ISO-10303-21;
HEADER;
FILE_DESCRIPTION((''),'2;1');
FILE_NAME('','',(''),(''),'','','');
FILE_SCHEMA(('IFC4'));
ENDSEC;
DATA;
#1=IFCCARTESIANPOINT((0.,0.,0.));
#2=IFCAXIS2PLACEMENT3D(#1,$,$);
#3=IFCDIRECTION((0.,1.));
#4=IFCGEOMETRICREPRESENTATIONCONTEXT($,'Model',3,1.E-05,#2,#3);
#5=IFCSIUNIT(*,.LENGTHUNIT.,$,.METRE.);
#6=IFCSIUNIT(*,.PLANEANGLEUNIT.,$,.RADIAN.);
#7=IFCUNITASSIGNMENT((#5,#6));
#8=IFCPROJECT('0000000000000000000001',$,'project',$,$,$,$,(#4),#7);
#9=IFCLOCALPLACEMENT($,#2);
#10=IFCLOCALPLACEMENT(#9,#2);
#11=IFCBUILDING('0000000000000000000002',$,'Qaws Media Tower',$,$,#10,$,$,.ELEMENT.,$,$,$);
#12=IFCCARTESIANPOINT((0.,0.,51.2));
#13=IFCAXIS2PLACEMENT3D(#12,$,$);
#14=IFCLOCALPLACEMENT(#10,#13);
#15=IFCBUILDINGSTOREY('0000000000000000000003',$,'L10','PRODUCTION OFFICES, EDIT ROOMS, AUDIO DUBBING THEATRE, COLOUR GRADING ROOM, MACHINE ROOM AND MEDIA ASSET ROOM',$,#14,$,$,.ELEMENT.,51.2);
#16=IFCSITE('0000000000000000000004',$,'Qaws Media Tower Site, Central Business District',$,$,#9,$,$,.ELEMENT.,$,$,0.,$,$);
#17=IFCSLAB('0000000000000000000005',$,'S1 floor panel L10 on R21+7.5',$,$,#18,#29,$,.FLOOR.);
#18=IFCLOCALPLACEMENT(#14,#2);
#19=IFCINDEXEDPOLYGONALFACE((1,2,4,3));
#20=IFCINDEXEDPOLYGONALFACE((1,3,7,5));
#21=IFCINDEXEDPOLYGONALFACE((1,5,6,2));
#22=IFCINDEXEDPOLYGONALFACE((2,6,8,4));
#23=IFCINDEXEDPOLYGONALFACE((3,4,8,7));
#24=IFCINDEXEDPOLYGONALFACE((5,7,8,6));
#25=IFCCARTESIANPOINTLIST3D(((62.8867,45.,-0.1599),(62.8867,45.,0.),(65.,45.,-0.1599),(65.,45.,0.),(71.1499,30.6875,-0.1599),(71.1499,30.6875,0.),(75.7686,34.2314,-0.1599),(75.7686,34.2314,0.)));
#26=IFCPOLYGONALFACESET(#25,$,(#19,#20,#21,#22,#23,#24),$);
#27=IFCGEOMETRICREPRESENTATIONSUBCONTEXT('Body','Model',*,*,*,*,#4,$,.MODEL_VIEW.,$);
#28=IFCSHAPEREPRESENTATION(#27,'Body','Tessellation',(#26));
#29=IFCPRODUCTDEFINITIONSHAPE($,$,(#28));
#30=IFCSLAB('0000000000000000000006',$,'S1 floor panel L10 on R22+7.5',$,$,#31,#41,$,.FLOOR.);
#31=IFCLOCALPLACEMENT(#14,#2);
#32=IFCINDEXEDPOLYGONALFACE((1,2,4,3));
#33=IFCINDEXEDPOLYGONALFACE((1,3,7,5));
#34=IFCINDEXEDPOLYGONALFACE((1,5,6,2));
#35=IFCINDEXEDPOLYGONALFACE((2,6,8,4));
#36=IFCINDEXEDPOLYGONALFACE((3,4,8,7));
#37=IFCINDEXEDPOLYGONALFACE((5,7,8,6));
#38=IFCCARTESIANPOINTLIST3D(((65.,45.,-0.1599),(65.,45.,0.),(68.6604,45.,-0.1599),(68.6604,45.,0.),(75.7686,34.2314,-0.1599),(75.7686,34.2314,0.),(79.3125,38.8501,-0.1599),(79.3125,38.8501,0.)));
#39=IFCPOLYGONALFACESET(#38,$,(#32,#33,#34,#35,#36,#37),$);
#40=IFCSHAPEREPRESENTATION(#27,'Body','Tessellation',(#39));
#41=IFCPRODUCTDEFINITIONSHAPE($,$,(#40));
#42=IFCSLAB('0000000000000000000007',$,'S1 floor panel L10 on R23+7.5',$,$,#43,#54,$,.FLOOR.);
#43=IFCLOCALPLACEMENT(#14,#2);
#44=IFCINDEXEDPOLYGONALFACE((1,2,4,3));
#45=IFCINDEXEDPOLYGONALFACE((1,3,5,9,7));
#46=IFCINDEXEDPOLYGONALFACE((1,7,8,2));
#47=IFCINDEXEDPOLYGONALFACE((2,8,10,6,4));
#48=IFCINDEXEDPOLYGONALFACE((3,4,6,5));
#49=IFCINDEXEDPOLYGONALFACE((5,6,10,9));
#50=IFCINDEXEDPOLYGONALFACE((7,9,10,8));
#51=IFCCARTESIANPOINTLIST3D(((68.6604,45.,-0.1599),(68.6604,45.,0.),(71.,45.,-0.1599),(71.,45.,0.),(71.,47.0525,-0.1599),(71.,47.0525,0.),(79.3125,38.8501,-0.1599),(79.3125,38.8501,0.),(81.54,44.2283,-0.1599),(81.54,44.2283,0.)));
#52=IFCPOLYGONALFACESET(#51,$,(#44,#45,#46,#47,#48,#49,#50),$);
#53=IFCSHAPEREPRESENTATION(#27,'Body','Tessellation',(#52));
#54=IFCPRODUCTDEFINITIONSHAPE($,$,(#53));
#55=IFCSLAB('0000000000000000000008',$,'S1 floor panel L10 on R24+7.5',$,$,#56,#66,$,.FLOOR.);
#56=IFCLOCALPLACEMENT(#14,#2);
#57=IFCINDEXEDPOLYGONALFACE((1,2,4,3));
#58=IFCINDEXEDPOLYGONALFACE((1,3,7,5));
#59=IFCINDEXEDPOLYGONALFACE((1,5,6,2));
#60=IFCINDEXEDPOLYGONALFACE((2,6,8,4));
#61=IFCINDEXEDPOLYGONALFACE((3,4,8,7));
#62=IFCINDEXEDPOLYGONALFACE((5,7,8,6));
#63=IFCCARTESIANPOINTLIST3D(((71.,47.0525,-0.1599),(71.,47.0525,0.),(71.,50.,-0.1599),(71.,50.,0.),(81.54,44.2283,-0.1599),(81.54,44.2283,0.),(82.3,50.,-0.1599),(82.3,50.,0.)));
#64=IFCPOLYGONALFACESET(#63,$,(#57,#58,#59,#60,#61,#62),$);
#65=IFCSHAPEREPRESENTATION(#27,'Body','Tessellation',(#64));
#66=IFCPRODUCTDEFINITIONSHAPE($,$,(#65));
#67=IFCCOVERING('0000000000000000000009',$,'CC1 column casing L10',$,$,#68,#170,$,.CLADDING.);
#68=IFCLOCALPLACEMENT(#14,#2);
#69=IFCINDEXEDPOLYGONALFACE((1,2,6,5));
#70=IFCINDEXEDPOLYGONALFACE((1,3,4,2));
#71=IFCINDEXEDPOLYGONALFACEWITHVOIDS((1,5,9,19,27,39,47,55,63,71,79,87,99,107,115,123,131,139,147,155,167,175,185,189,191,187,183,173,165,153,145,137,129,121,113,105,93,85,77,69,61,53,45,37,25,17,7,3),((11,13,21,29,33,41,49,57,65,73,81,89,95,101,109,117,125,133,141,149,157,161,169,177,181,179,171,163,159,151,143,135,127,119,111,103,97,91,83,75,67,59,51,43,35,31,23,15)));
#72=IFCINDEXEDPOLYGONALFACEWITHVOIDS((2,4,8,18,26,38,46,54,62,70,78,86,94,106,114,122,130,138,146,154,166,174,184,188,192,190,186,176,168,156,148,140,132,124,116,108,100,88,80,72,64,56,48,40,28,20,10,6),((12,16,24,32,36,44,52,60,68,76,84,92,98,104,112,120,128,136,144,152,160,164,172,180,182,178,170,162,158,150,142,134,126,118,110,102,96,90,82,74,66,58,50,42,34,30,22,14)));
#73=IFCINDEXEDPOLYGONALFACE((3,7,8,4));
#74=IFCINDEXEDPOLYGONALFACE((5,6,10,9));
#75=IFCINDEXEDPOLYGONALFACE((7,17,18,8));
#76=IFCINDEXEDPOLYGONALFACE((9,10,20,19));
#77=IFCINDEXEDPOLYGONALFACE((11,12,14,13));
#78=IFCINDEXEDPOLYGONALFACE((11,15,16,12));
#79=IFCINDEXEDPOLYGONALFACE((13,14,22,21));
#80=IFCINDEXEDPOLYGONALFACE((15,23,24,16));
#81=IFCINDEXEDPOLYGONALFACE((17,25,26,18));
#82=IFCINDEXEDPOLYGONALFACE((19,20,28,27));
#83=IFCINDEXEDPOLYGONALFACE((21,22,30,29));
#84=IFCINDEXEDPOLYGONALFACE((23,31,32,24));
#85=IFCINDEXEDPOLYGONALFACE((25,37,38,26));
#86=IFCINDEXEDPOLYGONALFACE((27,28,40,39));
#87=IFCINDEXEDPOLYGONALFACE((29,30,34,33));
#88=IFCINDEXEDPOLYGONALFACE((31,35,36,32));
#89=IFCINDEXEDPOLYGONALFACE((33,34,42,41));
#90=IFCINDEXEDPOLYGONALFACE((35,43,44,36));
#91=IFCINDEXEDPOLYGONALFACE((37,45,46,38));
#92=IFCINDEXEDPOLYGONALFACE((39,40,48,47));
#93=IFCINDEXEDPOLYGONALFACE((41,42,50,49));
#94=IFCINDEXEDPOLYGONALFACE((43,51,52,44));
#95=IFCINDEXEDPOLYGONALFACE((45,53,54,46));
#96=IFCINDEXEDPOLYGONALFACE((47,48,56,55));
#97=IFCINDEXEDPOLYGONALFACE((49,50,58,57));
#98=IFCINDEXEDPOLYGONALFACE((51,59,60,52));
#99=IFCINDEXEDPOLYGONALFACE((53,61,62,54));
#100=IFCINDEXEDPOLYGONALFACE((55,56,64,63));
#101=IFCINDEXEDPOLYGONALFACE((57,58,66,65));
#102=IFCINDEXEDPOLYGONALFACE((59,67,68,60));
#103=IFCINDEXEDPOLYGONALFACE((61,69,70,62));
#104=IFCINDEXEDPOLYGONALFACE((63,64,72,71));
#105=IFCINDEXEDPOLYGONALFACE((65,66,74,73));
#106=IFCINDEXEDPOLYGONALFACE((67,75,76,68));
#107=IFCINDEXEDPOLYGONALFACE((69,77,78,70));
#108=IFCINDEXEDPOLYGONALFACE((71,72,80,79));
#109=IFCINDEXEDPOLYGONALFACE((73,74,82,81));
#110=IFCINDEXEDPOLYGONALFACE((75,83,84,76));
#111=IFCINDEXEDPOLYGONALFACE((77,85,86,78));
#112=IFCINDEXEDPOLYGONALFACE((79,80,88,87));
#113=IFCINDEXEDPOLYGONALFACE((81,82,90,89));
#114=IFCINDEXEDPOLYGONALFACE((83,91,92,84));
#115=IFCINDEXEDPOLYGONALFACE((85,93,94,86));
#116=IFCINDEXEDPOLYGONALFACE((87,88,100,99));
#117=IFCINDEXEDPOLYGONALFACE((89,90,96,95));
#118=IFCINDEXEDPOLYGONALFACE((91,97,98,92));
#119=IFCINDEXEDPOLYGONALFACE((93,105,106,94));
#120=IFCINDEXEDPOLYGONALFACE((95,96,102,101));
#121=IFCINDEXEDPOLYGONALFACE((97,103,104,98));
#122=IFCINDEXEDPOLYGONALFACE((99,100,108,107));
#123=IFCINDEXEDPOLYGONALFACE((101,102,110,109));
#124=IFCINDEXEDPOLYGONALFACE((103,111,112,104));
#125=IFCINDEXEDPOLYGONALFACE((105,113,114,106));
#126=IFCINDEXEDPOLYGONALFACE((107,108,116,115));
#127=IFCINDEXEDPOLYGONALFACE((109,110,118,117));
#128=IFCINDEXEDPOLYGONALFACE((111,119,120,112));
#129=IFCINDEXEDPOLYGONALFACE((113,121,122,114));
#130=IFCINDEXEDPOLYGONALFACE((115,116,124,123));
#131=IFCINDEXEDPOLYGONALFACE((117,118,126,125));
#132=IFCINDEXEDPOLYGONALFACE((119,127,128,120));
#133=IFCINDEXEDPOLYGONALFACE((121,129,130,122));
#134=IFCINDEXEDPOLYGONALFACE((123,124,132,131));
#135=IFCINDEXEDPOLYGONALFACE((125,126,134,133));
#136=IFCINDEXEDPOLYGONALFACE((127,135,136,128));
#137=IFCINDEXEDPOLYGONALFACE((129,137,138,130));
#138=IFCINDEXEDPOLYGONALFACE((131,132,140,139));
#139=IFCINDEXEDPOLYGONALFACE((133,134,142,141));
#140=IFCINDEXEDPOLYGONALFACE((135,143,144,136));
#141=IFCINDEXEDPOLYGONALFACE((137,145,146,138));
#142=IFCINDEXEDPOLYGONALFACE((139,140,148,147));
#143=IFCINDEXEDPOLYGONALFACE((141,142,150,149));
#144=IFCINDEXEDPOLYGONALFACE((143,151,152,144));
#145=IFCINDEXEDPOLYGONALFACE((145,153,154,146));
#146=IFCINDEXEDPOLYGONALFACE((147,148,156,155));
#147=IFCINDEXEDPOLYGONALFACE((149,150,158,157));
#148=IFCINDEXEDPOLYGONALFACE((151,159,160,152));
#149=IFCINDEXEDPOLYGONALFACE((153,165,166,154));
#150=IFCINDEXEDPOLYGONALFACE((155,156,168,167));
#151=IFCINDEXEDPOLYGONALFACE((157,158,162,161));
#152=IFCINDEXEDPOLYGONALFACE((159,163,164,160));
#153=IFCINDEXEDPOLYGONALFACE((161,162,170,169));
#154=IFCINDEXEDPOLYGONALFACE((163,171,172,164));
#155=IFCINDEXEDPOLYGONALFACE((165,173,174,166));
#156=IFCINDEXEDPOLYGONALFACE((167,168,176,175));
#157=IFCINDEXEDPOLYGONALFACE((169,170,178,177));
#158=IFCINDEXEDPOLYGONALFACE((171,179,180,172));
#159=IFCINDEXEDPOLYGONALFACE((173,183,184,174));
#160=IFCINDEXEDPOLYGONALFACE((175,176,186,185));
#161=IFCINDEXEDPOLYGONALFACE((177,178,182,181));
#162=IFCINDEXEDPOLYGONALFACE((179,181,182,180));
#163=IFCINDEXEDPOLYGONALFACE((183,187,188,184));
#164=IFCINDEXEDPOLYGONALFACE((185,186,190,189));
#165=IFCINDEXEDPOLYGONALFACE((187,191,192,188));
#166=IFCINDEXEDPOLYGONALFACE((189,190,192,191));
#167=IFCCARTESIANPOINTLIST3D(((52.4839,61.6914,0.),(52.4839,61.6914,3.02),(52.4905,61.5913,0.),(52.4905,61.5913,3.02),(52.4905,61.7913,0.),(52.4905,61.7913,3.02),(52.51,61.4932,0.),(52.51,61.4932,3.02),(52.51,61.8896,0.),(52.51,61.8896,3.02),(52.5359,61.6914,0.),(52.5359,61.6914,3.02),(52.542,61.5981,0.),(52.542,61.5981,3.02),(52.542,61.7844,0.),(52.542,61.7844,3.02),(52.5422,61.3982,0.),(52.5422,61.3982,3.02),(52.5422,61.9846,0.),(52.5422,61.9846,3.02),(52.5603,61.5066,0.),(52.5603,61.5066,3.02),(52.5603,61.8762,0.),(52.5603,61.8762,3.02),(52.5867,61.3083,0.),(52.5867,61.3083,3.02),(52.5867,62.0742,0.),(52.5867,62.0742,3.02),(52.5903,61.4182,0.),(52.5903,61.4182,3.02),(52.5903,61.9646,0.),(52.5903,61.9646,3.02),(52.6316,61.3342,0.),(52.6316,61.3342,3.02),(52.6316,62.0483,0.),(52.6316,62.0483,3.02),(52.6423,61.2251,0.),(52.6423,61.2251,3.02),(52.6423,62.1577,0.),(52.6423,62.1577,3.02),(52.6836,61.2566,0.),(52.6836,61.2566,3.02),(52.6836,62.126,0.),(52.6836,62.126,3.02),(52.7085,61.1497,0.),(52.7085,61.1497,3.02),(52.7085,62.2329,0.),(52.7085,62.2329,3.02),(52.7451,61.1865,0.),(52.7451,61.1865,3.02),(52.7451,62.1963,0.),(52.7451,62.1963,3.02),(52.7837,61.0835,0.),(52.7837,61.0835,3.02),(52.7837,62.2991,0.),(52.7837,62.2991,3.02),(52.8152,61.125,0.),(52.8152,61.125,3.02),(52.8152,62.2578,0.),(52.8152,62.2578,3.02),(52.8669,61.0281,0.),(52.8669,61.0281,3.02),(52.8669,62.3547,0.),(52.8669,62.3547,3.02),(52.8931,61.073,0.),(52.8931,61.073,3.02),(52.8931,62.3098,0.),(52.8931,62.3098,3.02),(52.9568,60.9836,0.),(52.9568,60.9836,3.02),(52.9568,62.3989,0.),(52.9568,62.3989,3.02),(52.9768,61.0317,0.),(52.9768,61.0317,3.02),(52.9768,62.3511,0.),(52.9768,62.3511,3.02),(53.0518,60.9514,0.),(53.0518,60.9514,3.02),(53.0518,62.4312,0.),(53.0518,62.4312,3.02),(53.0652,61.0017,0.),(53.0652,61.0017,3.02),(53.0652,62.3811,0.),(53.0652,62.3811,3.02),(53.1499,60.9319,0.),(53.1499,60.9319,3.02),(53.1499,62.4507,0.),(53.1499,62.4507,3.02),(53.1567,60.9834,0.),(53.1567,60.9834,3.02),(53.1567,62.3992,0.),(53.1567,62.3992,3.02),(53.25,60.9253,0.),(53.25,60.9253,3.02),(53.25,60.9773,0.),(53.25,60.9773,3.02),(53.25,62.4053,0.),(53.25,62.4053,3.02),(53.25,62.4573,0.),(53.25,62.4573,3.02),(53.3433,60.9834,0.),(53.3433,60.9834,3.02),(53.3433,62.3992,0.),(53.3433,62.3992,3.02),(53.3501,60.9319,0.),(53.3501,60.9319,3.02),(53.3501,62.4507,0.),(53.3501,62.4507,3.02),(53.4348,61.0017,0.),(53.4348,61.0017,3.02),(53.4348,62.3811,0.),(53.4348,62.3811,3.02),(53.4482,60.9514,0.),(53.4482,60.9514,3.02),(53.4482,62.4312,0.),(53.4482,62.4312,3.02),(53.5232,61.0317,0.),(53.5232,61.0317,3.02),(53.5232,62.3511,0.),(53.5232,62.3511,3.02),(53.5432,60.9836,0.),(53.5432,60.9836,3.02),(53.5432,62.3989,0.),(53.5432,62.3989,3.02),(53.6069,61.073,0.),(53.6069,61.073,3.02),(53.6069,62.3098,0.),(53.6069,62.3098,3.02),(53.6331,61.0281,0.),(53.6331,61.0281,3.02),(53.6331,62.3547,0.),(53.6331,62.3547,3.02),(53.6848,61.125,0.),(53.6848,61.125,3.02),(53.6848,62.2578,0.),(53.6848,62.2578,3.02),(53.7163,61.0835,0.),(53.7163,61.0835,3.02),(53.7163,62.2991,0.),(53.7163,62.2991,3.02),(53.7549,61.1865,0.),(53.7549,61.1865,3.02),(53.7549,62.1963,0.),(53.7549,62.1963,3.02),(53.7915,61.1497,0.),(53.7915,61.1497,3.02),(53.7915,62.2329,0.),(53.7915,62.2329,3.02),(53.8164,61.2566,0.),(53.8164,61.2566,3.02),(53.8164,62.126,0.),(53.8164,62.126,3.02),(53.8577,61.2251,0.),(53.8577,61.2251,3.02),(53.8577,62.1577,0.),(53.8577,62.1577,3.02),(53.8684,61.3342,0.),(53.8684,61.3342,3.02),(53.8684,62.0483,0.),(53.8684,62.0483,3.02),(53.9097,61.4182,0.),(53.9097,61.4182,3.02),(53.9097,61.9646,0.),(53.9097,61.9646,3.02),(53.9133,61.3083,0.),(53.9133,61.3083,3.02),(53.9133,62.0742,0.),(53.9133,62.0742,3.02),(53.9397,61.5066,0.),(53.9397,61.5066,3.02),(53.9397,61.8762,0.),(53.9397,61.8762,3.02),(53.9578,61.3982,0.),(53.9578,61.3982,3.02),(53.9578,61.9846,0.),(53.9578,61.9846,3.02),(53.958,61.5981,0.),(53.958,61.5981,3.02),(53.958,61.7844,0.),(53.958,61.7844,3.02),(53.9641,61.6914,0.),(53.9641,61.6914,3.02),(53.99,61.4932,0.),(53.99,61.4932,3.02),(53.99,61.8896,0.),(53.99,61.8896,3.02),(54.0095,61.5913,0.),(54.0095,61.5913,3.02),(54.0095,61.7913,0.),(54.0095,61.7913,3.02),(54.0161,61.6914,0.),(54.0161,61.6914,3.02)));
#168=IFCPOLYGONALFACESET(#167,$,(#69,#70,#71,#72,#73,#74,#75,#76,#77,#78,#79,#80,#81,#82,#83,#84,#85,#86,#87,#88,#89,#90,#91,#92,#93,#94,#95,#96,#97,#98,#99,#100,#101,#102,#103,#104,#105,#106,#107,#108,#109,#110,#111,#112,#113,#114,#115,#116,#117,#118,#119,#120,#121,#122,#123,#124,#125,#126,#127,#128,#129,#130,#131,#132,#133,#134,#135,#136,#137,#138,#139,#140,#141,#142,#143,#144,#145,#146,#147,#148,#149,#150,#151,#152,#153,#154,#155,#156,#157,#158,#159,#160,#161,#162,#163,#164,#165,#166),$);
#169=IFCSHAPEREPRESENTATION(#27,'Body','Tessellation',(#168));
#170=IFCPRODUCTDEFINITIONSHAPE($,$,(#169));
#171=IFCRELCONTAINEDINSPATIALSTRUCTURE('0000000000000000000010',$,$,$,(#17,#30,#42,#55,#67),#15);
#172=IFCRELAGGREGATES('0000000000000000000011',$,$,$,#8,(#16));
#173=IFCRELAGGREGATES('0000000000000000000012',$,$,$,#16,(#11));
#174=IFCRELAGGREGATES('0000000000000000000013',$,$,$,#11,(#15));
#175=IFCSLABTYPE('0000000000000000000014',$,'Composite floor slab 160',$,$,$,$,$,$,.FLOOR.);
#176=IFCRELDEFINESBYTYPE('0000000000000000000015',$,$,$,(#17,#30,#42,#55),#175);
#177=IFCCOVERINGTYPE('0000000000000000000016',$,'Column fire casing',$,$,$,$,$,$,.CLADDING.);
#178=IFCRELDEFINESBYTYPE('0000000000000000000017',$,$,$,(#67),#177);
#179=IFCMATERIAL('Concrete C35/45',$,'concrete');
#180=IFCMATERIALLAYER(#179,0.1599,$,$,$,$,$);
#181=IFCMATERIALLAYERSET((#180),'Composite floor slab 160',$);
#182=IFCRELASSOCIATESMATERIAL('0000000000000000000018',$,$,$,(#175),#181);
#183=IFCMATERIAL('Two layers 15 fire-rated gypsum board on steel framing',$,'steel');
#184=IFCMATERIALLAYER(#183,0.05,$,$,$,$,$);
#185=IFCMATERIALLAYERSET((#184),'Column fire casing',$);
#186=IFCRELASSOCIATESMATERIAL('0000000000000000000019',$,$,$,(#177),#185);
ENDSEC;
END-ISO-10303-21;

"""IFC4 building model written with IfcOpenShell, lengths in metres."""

from ifc_helpers import new_model, si_unit, direction, frame, origin, place, context, subcontext, project, spatial, polyline, outline, extrude, material, layer, layer_set, type_object, element, save


model = new_model("IFC4")

# Units and contexts
model_context = context("Model", 3, precision=1e-05, world=origin(), true_north=direction((0.0, 1.0)))
body_context = subcontext(model_context, "Body", "Model", "MODEL_VIEW")
ifc_project = project(units=[si_unit("LENGTHUNIT", "METRE"), si_unit("PLANEANGLEUNIT", "RADIAN")], contexts=[model_context])

# Site, building, storey
site_placement = place(None, origin())
site = spatial("IfcSite", under=ifc_project, at=site_placement, Name="Qaws Media Tower Site, Central Business District", CompositionType="ELEMENT", RefElevation=0.0)
building_placement = place(site_placement, origin())
building = spatial("IfcBuilding", under=site, at=building_placement, Name="Qaws Media Tower", CompositionType="ELEMENT")
storey_placement = place(building_placement, frame((0.0, 0.0, 51.2)))
storey = spatial("IfcBuildingStorey", under=building, at=storey_placement, Name="L10", Description="PRODUCTION OFFICES, EDIT ROOMS, AUDIO DUBBING THEATRE, COLOUR GRADING ROOM, MACHINE ROOM AND MEDIA ASSET ROOM", CompositionType="ELEMENT", Elevation=51.2)

# Slabs
ifc_material_1 = material(Name="Concrete C35/45", Category="concrete")
ifc_layer_1 = layer(ifc_material_1, 0.1599)
ifc_layer_set_1 = layer_set([ifc_layer_1], Name="Composite floor slab 160")
slab_type_1 = type_object("IfcSlabType", Name="Composite floor slab 160", PredefinedType="FLOOR", material=ifc_layer_set_1)
slab_1_placement = place(storey_placement, frame((0.0, 0.0, -0.1599)))
element("IfcSlab", 1, at=slab_1_placement, inside=storey, type_object=slab_type_1, Name="S1 floor panel L10 on R21+7.5", PredefinedType="FLOOR", context=body_context, shape_type="SweptSolid", body=[
    extrude(outline(polyline([(75.7686, 34.2314), (71.1499, 30.6875), (62.8867, 45.0), (65.0, 45.0), (75.7686, 34.2314)])), origin(), (0.0, 0.0, 1.0), 0.1599),
])
slab_2_placement = place(storey_placement, frame((0.0, 0.0, -0.1599)))
element("IfcSlab", 2, at=slab_2_placement, inside=storey, type_object=slab_type_1, Name="S1 floor panel L10 on R22+7.5", PredefinedType="FLOOR", context=body_context, shape_type="SweptSolid", body=[
    extrude(outline(polyline([(75.7686, 34.2314), (65.0, 45.0), (68.6604, 45.0), (79.3125, 38.8501), (75.7686, 34.2314)])), origin(), (0.0, 0.0, 1.0), 0.1599),
])
slab_3_placement = place(storey_placement, frame((0.0, 0.0, -0.1599)))
element("IfcSlab", 3, at=slab_3_placement, inside=storey, type_object=slab_type_1, Name="S1 floor panel L10 on R23+7.5", PredefinedType="FLOOR", context=body_context, shape_type="SweptSolid", body=[
    extrude(outline(polyline([(81.54, 44.2283), (79.3125, 38.8501), (68.6604, 45.0), (71.0, 45.0), (71.0, 47.0525), (81.54, 44.2283)])), origin(), (0.0, 0.0, 1.0), 0.1599),
])
slab_4_placement = place(storey_placement, frame((0.0, 0.0, -0.1599)))
element("IfcSlab", 4, at=slab_4_placement, inside=storey, type_object=slab_type_1, Name="S1 floor panel L10 on R24+7.5", PredefinedType="FLOOR", context=body_context, shape_type="SweptSolid", body=[
    extrude(outline(polyline([(81.54, 44.2283), (71.0, 47.0525), (71.0, 50.0), (82.3, 50.0), (81.54, 44.2283)])), origin(), (0.0, 0.0, 1.0), 0.1599),
])

# Covering
ifc_material_2 = material(Name="Two layers 15 fire-rated gypsum board on steel framing", Category="steel")
ifc_layer_2 = layer(ifc_material_2, 0.05)
ifc_layer_set_2 = layer_set([ifc_layer_2], Name="Column fire casing")
covering_type = type_object("IfcCoveringType", Name="Column fire casing", PredefinedType="CLADDING", material=ifc_layer_set_2)
covering_1_placement = place(storey_placement, origin())
element("IfcCovering", 5, at=covering_1_placement, inside=storey, type_object=covering_type, Name="CC1 column casing L10", PredefinedType="CLADDING", context=body_context, shape_type="SweptSolid", body=[
    extrude(outline(polyline([(54.0161, 61.6914), (54.0095, 61.5913), (53.99, 61.4932), (53.9578, 61.3982), (53.9133, 61.3083), (53.8577, 61.2251), (53.7915, 61.1497), (53.7163, 61.0835), (53.6331, 61.0281), (53.5432, 60.9836), (53.4482, 60.9514), (53.3501, 60.9319), (53.25, 60.9253), (53.1499, 60.9319), (53.0518, 60.9514), (52.9568, 60.9836), (52.8669, 61.0281), (52.7837, 61.0835), (52.7085, 61.1497), (52.6423, 61.2251), (52.5867, 61.3083), (52.5422, 61.3982), (52.51, 61.4932), (52.4905, 61.5913), (52.4839, 61.6914), (52.4905, 61.7913), (52.51, 61.8896), (52.5422, 61.9846), (52.5867, 62.0742), (52.6423, 62.1577), (52.7085, 62.2329), (52.7837, 62.2991), (52.8669, 62.3547), (52.9568, 62.3989), (53.0518, 62.4312), (53.1499, 62.4507), (53.25, 62.4573), (53.3501, 62.4507), (53.4482, 62.4312), (53.5432, 62.3989), (53.6331, 62.3547), (53.7163, 62.2991), (53.7915, 62.2329), (53.8577, 62.1577), (53.9133, 62.0742), (53.9578, 61.9846), (53.99, 61.8896), (54.0095, 61.7913), (54.0161, 61.6914)]), holes=[polyline([(53.9641, 61.6914), (53.958, 61.5981), (53.9397, 61.5066), (53.9097, 61.4182), (53.8684, 61.3342), (53.8164, 61.2566), (53.7549, 61.1865), (53.6848, 61.125), (53.6069, 61.073), (53.5232, 61.0317), (53.4348, 61.0017), (53.3433, 60.9834), (53.25, 60.9773), (53.1567, 60.9834), (53.0652, 61.0017), (52.9768, 61.0317), (52.8931, 61.073), (52.8152, 61.125), (52.7451, 61.1865), (52.6836, 61.2566), (52.6316, 61.3342), (52.5903, 61.4182), (52.5603, 61.5066), (52.542, 61.5981), (52.5359, 61.6914), (52.542, 61.7844), (52.5603, 61.8762), (52.5903, 61.9646), (52.6316, 62.0483), (52.6836, 62.126), (52.7451, 62.1963), (52.8152, 62.2578), (52.8931, 62.3098), (52.9768, 62.3511), (53.0652, 62.3811), (53.1567, 62.3992), (53.25, 62.4053), (53.3433, 62.3992), (53.4348, 62.3811), (53.5232, 62.3511), (53.6069, 62.3098), (53.6848, 62.2578), (53.7549, 62.1963), (53.8164, 62.126), (53.8684, 62.0483), (53.9097, 61.9646), (53.9397, 61.8762), (53.958, 61.7844), (53.9641, 61.6914)])]), origin(), (0.0, 0.0, 1.0), 3.02),
])

save(model, "model.ifc")
